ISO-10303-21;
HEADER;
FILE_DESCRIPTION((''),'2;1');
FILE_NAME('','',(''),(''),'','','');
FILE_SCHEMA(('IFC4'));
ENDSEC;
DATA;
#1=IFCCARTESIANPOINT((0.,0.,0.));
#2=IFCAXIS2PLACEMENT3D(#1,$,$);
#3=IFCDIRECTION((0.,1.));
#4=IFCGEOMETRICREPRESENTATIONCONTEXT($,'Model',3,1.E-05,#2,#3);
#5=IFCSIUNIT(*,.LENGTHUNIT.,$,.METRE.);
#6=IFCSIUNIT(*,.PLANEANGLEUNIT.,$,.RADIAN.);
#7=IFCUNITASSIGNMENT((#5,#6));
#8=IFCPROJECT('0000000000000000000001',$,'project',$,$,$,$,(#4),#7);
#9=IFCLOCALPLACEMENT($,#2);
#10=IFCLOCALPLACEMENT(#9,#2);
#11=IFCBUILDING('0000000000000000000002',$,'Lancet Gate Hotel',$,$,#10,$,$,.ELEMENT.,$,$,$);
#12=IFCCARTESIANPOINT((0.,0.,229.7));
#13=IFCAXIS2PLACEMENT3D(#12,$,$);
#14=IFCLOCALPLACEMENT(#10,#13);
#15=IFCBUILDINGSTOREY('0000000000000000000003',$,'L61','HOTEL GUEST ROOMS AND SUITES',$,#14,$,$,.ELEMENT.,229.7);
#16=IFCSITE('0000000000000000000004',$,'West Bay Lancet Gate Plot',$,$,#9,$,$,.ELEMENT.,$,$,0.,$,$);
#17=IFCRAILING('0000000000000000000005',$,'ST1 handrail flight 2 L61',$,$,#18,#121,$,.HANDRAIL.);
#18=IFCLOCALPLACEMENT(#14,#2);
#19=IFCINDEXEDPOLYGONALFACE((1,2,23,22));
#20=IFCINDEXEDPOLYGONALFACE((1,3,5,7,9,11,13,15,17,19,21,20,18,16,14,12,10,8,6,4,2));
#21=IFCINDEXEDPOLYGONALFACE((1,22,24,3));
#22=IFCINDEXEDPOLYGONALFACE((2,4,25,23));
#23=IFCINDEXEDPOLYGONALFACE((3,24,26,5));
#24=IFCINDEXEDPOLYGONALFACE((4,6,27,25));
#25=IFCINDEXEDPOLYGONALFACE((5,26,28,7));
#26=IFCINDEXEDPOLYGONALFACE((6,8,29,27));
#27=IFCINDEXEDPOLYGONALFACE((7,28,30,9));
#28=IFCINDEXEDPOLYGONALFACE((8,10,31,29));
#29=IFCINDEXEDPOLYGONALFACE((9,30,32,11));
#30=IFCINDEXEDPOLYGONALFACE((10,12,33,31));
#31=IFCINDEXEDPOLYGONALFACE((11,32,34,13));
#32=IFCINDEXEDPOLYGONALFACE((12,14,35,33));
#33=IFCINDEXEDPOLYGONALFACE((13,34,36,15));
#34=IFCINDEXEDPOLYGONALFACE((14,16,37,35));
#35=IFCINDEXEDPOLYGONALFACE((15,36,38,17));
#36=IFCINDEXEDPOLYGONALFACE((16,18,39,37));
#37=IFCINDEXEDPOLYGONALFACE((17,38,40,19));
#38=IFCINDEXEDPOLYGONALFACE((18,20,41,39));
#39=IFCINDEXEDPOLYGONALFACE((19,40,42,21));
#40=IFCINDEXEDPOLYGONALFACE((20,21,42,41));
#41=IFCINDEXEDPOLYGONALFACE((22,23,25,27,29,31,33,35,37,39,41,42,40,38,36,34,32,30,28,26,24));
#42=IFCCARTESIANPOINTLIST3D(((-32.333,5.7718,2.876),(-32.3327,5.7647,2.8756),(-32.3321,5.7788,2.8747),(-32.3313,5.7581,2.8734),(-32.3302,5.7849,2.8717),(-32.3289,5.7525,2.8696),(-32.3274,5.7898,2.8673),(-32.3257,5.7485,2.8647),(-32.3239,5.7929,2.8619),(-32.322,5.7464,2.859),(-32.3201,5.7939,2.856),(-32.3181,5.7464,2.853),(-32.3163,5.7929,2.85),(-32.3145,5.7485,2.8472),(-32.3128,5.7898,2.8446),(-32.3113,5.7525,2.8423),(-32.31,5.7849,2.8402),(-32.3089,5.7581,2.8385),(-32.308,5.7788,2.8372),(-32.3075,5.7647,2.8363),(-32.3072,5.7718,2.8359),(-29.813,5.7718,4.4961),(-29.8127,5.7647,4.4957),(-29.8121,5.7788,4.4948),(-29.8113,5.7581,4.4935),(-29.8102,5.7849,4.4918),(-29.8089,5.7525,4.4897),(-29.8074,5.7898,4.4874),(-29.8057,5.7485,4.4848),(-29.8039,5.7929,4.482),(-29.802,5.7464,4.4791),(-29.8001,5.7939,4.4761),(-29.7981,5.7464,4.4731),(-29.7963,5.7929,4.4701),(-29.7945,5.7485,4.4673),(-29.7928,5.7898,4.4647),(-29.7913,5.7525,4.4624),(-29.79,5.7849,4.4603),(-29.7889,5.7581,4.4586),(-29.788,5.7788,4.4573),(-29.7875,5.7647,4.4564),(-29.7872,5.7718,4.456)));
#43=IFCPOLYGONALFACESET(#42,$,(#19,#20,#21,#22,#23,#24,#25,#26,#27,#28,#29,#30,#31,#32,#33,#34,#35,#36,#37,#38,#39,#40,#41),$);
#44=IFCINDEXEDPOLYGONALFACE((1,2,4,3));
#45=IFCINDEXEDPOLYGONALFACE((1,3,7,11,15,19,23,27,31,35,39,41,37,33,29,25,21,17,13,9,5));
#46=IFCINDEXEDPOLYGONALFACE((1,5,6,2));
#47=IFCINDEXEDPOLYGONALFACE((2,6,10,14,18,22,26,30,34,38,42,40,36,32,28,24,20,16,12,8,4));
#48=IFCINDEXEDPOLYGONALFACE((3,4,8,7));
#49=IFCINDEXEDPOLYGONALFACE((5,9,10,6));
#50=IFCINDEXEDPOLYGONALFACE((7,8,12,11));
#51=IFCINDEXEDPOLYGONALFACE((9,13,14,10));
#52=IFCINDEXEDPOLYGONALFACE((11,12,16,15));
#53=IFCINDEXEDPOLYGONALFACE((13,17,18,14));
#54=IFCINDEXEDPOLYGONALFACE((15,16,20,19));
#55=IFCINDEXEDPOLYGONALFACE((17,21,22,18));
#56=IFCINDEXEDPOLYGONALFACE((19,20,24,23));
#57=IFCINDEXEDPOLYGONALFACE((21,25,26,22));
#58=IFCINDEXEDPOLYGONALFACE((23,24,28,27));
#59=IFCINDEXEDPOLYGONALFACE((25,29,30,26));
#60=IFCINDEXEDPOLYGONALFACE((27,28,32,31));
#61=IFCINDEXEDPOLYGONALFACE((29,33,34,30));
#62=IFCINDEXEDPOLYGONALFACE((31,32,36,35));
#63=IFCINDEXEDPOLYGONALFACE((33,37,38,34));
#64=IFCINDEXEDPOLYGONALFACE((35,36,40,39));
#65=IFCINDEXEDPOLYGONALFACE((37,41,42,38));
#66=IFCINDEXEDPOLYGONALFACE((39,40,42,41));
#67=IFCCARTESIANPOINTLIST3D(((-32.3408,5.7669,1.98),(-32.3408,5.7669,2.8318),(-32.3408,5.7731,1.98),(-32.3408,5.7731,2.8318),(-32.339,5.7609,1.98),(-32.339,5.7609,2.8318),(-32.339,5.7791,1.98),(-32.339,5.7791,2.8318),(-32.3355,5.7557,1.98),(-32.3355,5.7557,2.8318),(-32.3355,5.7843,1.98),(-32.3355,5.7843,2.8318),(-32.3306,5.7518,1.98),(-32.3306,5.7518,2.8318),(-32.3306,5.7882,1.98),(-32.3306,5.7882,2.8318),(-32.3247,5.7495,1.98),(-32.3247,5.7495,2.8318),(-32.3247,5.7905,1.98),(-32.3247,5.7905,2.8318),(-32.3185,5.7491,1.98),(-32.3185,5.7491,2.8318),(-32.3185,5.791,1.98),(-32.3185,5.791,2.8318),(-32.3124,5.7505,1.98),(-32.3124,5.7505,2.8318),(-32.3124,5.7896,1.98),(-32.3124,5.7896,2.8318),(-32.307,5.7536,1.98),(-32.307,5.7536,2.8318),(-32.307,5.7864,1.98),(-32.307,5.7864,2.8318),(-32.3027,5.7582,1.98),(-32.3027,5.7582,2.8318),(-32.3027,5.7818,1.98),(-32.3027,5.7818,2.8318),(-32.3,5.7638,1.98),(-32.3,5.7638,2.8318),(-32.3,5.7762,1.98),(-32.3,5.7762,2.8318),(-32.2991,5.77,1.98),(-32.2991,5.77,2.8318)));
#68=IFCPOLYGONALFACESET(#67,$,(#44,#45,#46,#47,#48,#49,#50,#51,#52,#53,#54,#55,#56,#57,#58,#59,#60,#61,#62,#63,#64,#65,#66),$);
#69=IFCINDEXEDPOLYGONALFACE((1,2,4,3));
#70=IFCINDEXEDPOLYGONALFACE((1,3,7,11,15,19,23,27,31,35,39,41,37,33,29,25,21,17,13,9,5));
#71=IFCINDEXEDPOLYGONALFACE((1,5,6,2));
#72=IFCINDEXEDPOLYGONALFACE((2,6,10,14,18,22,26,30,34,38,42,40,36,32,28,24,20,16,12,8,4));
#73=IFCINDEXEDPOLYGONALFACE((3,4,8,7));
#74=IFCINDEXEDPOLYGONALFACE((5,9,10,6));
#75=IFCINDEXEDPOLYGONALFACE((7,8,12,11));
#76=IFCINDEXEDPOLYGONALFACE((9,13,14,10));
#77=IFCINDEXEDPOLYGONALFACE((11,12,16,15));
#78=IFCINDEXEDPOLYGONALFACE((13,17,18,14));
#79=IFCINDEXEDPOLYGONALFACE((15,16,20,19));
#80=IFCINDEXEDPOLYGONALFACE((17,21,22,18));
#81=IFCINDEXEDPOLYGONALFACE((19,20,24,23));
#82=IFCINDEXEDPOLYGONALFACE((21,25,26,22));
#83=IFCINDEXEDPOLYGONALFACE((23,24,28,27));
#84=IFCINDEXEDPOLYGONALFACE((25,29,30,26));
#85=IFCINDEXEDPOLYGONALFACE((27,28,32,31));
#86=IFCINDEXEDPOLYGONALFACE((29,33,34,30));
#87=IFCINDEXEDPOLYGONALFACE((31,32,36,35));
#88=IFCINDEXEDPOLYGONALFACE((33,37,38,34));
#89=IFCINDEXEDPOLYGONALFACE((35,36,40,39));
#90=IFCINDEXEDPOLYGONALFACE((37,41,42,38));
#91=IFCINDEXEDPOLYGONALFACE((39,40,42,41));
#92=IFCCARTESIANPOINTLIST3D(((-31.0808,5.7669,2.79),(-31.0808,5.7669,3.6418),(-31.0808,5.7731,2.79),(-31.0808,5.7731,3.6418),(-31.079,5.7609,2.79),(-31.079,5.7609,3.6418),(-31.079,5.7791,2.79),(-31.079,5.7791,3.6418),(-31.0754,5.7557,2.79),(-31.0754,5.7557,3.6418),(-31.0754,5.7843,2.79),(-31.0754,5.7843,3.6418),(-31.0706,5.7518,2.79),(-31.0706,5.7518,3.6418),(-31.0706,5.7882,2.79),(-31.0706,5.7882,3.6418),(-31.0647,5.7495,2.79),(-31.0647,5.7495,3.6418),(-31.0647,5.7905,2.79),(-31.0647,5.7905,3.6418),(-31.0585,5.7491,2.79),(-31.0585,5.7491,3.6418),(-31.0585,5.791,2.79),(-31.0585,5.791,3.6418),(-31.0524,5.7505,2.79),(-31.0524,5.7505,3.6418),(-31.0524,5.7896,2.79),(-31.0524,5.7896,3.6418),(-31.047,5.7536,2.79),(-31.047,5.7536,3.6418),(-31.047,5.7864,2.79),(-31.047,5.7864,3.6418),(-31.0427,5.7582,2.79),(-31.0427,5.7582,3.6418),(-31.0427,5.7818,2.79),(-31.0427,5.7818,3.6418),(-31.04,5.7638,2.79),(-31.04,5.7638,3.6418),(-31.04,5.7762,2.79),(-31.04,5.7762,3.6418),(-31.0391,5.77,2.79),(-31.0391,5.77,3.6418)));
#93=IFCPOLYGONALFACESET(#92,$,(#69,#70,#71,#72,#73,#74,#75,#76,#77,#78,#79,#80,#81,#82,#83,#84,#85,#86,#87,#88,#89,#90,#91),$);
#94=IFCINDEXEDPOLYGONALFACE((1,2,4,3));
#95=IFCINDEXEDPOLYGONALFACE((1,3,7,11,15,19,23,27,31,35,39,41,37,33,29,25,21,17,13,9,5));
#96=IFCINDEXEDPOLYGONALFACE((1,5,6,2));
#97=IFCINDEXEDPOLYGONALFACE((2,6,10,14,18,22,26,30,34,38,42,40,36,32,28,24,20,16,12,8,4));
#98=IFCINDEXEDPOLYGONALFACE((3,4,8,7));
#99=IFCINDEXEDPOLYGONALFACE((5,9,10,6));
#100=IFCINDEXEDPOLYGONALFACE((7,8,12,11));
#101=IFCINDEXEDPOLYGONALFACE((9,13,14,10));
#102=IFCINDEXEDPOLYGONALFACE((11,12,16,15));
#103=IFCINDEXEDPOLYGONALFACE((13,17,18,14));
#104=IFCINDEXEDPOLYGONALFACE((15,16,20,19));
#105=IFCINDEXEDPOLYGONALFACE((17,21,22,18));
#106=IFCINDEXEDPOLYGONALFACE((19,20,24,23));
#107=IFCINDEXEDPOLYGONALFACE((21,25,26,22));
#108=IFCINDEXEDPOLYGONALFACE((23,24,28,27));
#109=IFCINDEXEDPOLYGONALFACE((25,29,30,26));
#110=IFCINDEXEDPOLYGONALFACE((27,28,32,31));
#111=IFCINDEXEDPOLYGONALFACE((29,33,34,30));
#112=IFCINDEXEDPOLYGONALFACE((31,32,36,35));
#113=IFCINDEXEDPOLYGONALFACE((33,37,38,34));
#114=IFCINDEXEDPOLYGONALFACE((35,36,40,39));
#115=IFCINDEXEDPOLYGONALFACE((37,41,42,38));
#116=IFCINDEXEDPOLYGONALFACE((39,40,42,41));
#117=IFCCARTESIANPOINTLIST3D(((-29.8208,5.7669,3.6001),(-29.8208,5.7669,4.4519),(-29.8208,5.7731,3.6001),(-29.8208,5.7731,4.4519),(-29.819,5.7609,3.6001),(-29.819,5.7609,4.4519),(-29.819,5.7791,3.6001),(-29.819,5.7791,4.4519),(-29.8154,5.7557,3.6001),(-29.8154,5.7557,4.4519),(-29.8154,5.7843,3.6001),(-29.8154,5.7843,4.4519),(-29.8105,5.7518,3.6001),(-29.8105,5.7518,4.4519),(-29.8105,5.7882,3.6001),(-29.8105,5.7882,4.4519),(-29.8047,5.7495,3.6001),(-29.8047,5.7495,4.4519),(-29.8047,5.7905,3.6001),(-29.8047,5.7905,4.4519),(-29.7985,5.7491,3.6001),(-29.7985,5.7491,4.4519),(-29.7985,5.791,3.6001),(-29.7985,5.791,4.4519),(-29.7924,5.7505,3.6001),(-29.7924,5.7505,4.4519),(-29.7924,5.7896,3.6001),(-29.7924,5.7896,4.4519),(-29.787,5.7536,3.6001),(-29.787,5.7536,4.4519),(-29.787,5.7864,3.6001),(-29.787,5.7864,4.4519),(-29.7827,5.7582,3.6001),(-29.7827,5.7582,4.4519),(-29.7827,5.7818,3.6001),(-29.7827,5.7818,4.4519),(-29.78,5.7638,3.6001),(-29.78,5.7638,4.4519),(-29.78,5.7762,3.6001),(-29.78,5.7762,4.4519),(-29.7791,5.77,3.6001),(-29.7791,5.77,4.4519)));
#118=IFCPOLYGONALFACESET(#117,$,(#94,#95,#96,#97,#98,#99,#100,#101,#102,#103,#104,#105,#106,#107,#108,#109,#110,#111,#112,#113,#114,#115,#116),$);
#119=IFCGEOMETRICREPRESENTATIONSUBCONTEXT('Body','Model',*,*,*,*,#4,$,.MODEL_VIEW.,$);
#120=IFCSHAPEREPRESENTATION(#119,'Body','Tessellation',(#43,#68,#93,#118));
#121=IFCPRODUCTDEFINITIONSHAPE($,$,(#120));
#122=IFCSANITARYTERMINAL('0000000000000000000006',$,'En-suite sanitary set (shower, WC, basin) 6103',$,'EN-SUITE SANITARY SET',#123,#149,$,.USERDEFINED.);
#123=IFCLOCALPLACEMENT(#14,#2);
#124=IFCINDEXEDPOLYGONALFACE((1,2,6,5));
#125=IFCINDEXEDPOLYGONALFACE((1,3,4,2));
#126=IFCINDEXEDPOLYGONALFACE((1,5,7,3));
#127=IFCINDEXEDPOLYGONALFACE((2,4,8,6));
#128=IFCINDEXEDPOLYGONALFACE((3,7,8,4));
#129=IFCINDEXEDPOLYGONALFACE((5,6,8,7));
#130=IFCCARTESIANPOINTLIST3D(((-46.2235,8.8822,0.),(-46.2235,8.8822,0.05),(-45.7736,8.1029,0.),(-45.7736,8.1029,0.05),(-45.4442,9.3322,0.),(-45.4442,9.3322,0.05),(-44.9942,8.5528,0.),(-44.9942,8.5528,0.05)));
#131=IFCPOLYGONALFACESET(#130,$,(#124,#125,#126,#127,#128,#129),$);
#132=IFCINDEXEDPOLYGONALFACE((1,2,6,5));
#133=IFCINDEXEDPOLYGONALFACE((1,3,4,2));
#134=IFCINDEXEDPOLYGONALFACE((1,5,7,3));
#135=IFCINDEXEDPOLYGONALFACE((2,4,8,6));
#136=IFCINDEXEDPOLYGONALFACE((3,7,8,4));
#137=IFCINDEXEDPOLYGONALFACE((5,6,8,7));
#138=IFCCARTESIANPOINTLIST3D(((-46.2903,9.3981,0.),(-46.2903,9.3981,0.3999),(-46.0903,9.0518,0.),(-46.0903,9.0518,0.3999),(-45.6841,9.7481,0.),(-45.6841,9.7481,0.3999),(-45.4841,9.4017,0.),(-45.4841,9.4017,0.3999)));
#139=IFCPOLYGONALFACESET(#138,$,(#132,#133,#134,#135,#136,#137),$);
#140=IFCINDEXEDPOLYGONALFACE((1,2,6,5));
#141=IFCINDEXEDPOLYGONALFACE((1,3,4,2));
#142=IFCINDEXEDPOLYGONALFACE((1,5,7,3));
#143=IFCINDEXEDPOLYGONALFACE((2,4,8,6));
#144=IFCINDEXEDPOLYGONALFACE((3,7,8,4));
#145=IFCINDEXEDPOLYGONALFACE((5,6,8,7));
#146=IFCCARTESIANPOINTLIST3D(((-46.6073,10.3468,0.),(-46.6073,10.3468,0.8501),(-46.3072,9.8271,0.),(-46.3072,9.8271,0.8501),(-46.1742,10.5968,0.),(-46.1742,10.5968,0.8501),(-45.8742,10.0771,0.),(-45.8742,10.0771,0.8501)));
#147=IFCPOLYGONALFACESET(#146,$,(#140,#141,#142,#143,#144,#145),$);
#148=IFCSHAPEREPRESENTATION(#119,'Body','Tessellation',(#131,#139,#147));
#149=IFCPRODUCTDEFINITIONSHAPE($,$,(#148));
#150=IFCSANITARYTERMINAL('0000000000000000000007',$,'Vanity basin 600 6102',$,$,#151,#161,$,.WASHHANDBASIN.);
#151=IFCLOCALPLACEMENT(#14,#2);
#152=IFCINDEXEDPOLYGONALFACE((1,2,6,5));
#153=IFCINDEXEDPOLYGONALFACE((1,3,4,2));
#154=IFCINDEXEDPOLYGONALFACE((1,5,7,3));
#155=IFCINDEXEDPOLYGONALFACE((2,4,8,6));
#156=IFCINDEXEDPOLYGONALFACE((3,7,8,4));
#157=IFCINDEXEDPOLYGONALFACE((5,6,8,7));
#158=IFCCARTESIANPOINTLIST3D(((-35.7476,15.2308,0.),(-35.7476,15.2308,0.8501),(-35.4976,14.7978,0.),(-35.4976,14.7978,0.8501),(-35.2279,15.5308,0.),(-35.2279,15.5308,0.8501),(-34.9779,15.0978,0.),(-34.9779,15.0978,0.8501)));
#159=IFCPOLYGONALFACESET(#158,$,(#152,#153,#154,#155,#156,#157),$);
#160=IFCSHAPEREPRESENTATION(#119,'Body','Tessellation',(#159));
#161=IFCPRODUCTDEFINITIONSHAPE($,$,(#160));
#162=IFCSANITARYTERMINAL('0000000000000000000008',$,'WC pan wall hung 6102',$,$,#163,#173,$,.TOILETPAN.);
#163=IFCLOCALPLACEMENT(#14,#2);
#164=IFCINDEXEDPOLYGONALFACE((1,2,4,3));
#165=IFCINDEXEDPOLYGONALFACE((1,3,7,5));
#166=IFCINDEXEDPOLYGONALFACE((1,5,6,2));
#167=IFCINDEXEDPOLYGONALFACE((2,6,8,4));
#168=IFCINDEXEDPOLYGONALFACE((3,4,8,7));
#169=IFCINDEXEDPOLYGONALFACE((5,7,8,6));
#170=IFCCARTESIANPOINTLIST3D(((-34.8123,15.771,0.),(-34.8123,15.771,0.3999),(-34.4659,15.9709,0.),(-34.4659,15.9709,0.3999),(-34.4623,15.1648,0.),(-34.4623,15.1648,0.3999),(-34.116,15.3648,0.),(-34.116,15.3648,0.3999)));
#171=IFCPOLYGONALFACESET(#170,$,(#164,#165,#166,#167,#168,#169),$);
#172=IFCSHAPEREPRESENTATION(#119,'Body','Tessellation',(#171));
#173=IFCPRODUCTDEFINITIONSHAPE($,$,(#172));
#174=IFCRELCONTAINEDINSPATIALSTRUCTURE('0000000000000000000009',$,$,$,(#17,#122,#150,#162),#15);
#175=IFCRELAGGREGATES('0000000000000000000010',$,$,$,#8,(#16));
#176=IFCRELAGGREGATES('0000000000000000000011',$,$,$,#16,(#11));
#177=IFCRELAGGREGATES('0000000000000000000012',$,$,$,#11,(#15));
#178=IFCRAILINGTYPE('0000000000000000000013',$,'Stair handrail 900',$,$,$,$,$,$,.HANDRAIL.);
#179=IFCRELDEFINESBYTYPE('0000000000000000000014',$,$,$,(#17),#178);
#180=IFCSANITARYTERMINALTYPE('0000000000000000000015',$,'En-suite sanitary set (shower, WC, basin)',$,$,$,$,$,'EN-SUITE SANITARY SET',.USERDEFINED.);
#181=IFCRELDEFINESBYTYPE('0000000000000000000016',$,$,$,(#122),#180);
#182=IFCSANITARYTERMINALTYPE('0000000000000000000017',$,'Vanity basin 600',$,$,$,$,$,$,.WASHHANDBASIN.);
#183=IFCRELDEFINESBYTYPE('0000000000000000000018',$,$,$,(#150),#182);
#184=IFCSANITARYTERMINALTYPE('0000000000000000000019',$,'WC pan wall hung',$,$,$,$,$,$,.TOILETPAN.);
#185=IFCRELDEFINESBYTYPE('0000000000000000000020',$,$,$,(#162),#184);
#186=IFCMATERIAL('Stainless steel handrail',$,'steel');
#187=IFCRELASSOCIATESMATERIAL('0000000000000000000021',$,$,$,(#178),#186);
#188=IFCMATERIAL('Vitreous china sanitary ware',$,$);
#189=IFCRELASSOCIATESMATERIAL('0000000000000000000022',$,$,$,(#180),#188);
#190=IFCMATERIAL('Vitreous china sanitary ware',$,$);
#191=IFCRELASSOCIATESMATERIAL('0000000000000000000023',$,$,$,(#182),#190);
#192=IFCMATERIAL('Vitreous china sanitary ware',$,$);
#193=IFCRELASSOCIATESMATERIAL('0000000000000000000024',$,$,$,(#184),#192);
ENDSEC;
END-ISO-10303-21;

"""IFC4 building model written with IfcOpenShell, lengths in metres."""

from ifc_helpers import new_model, si_unit, direction, frame, origin, origin_2d, place, context, subcontext, project, spatial, rectangle, circle, extrude, material, type_object, element, save


model = new_model("IFC4")

# Units and contexts
model_context = context("Model", 3, precision=1e-05, world=origin(), true_north=direction((0.0, 1.0)))
body_context = subcontext(model_context, "Body", "Model", "MODEL_VIEW")
ifc_project = project(units=[si_unit("LENGTHUNIT", "METRE"), si_unit("PLANEANGLEUNIT", "RADIAN")], contexts=[model_context])

# Site, building, storey
site_placement = place(None, origin())
site = spatial("IfcSite", under=ifc_project, at=site_placement, Name="West Bay Lancet Gate Plot", CompositionType="ELEMENT", RefElevation=0.0)
building_placement = place(site_placement, origin())
building = spatial("IfcBuilding", under=site, at=building_placement, Name="Lancet Gate Hotel", CompositionType="ELEMENT")
storey_placement = place(building_placement, frame((0.0, 0.0, 229.7)))
storey = spatial("IfcBuildingStorey", under=building, at=storey_placement, Name="L61", Description="HOTEL GUEST ROOMS AND SUITES", CompositionType="ELEMENT", Elevation=229.7)

# Railing
ifc_material_1 = material(Name="Stainless steel handrail", Category="steel")
railing_type = type_object("IfcRailingType", Name="Stair handrail 900", PredefinedType="HANDRAIL", material=ifc_material_1)
railing_1_placement = place(storey_placement, frame((-32.3201, 5.77, 1.98)))
element("IfcRailing", 1, at=railing_1_placement, inside=storey, type_object=railing_type, Name="ST1 handrail flight 2 L61", PredefinedType="HANDRAIL", context=body_context, shape_type="SweptSolid", body=[
    extrude(circle(Radius=0.0239, at=origin_2d()), frame((0.0, 0.0, 0.876), z_axis=(0.841163, 0.0, 0.540782), x_axis=(0.0, 1.0, 0.0)), (0.0, 0.0, 1.0), 2.9958),
    extrude(circle(Radius=0.021, at=origin_2d()), origin(), (0.0, 0.0, 1.0), 0.8518),
    extrude(circle(Radius=0.021, at=origin_2d()), frame((1.26, 0.0, 0.8101)), (0.0, 0.0, 1.0), 0.8518),
    extrude(circle(Radius=0.021, at=origin_2d()), frame((2.52, 0.0, 1.6201)), (0.0, 0.0, 1.0), 0.8518),
])

# Sanitary terminals
ifc_material_2 = material(Name="Vitreous china sanitary ware")
sanitary_terminal_type_1 = type_object("IfcSanitaryTerminalType", Name="En-suite sanitary set (shower, WC, basin)", ElementType="EN-SUITE SANITARY SET", PredefinedType="USERDEFINED", material=ifc_material_2)
sanitary_terminal_1_placement = place(storey_placement, frame((-45.6089, 8.7175, 0.0), z_axis=(0.0, 0.0, 1.0), x_axis=(1.0, 0.0, 0.0)))
element("IfcSanitaryTerminal", 2, at=sanitary_terminal_1_placement, inside=storey, type_object=sanitary_terminal_type_1, Name="En-suite sanitary set (shower, WC, basin) 6103", ObjectType="EN-SUITE SANITARY SET", PredefinedType="USERDEFINED", context=body_context, shape_type="SweptSolid", body=[
    extrude(rectangle(XDim=0.8999, YDim=0.8999, at=origin_2d()), frame((0.0, 0.0, 0.0), z_axis=(0.0, 0.0, 1.0), x_axis=(0.5, -0.866025, 0.0)), (0.0, 0.0, 1.0), 0.05),
    extrude(rectangle(XDim=0.3999, YDim=0.7, at=origin_2d()), frame((-0.2783, 0.6824, 0.0), z_axis=(0.0, 0.0, 1.0), x_axis=(0.5, -0.866025, 0.0)), (0.0, 0.0, 1.0), 0.3999),
    extrude(rectangle(XDim=0.6001, YDim=0.5, at=origin_2d()), frame((-0.6318, 1.4944, 0.0), z_axis=(0.0, 0.0, 1.0), x_axis=(0.5, -0.866025, 0.0)), (0.0, 0.0, 1.0), 0.8501),
])
ifc_material_3 = material(Name="Vitreous china sanitary ware")
sanitary_terminal_type_2 = type_object("IfcSanitaryTerminalType", Name="Vanity basin 600", PredefinedType="WASHHANDBASIN", material=ifc_material_3)
sanitary_terminal_2_placement = place(storey_placement, frame((-35.3628, 15.1643, 0.0), z_axis=(0.0, 0.0, 1.0), x_axis=(0.866025, 0.5, 0.0)))
element("IfcSanitaryTerminal", 3, at=sanitary_terminal_2_placement, inside=storey, type_object=sanitary_terminal_type_2, Name="Vanity basin 600 6102", PredefinedType="WASHHANDBASIN", context=body_context, shape_type="SweptSolid", body=[
    extrude(rectangle(XDim=0.6001, YDim=0.5, at=origin_2d()), origin(), (0.0, 0.0, 1.0), 0.8501),
])
ifc_material_4 = material(Name="Vitreous china sanitary ware")
sanitary_terminal_type_3 = type_object("IfcSanitaryTerminalType", Name="WC pan wall hung", PredefinedType="TOILETPAN", material=ifc_material_4)
sanitary_terminal_3_placement = place(storey_placement, frame((-34.4641, 15.5679, 0.0), z_axis=(0.0, 0.0, 1.0), x_axis=(0.866025, 0.5, 0.0)))
element("IfcSanitaryTerminal", 4, at=sanitary_terminal_3_placement, inside=storey, type_object=sanitary_terminal_type_3, Name="WC pan wall hung 6102", PredefinedType="TOILETPAN", context=body_context, shape_type="SweptSolid", body=[
    extrude(rectangle(XDim=0.3999, YDim=0.7, at=origin_2d()), origin(), (0.0, 0.0, 1.0), 0.3999),
])

save(model, "model.ifc")
